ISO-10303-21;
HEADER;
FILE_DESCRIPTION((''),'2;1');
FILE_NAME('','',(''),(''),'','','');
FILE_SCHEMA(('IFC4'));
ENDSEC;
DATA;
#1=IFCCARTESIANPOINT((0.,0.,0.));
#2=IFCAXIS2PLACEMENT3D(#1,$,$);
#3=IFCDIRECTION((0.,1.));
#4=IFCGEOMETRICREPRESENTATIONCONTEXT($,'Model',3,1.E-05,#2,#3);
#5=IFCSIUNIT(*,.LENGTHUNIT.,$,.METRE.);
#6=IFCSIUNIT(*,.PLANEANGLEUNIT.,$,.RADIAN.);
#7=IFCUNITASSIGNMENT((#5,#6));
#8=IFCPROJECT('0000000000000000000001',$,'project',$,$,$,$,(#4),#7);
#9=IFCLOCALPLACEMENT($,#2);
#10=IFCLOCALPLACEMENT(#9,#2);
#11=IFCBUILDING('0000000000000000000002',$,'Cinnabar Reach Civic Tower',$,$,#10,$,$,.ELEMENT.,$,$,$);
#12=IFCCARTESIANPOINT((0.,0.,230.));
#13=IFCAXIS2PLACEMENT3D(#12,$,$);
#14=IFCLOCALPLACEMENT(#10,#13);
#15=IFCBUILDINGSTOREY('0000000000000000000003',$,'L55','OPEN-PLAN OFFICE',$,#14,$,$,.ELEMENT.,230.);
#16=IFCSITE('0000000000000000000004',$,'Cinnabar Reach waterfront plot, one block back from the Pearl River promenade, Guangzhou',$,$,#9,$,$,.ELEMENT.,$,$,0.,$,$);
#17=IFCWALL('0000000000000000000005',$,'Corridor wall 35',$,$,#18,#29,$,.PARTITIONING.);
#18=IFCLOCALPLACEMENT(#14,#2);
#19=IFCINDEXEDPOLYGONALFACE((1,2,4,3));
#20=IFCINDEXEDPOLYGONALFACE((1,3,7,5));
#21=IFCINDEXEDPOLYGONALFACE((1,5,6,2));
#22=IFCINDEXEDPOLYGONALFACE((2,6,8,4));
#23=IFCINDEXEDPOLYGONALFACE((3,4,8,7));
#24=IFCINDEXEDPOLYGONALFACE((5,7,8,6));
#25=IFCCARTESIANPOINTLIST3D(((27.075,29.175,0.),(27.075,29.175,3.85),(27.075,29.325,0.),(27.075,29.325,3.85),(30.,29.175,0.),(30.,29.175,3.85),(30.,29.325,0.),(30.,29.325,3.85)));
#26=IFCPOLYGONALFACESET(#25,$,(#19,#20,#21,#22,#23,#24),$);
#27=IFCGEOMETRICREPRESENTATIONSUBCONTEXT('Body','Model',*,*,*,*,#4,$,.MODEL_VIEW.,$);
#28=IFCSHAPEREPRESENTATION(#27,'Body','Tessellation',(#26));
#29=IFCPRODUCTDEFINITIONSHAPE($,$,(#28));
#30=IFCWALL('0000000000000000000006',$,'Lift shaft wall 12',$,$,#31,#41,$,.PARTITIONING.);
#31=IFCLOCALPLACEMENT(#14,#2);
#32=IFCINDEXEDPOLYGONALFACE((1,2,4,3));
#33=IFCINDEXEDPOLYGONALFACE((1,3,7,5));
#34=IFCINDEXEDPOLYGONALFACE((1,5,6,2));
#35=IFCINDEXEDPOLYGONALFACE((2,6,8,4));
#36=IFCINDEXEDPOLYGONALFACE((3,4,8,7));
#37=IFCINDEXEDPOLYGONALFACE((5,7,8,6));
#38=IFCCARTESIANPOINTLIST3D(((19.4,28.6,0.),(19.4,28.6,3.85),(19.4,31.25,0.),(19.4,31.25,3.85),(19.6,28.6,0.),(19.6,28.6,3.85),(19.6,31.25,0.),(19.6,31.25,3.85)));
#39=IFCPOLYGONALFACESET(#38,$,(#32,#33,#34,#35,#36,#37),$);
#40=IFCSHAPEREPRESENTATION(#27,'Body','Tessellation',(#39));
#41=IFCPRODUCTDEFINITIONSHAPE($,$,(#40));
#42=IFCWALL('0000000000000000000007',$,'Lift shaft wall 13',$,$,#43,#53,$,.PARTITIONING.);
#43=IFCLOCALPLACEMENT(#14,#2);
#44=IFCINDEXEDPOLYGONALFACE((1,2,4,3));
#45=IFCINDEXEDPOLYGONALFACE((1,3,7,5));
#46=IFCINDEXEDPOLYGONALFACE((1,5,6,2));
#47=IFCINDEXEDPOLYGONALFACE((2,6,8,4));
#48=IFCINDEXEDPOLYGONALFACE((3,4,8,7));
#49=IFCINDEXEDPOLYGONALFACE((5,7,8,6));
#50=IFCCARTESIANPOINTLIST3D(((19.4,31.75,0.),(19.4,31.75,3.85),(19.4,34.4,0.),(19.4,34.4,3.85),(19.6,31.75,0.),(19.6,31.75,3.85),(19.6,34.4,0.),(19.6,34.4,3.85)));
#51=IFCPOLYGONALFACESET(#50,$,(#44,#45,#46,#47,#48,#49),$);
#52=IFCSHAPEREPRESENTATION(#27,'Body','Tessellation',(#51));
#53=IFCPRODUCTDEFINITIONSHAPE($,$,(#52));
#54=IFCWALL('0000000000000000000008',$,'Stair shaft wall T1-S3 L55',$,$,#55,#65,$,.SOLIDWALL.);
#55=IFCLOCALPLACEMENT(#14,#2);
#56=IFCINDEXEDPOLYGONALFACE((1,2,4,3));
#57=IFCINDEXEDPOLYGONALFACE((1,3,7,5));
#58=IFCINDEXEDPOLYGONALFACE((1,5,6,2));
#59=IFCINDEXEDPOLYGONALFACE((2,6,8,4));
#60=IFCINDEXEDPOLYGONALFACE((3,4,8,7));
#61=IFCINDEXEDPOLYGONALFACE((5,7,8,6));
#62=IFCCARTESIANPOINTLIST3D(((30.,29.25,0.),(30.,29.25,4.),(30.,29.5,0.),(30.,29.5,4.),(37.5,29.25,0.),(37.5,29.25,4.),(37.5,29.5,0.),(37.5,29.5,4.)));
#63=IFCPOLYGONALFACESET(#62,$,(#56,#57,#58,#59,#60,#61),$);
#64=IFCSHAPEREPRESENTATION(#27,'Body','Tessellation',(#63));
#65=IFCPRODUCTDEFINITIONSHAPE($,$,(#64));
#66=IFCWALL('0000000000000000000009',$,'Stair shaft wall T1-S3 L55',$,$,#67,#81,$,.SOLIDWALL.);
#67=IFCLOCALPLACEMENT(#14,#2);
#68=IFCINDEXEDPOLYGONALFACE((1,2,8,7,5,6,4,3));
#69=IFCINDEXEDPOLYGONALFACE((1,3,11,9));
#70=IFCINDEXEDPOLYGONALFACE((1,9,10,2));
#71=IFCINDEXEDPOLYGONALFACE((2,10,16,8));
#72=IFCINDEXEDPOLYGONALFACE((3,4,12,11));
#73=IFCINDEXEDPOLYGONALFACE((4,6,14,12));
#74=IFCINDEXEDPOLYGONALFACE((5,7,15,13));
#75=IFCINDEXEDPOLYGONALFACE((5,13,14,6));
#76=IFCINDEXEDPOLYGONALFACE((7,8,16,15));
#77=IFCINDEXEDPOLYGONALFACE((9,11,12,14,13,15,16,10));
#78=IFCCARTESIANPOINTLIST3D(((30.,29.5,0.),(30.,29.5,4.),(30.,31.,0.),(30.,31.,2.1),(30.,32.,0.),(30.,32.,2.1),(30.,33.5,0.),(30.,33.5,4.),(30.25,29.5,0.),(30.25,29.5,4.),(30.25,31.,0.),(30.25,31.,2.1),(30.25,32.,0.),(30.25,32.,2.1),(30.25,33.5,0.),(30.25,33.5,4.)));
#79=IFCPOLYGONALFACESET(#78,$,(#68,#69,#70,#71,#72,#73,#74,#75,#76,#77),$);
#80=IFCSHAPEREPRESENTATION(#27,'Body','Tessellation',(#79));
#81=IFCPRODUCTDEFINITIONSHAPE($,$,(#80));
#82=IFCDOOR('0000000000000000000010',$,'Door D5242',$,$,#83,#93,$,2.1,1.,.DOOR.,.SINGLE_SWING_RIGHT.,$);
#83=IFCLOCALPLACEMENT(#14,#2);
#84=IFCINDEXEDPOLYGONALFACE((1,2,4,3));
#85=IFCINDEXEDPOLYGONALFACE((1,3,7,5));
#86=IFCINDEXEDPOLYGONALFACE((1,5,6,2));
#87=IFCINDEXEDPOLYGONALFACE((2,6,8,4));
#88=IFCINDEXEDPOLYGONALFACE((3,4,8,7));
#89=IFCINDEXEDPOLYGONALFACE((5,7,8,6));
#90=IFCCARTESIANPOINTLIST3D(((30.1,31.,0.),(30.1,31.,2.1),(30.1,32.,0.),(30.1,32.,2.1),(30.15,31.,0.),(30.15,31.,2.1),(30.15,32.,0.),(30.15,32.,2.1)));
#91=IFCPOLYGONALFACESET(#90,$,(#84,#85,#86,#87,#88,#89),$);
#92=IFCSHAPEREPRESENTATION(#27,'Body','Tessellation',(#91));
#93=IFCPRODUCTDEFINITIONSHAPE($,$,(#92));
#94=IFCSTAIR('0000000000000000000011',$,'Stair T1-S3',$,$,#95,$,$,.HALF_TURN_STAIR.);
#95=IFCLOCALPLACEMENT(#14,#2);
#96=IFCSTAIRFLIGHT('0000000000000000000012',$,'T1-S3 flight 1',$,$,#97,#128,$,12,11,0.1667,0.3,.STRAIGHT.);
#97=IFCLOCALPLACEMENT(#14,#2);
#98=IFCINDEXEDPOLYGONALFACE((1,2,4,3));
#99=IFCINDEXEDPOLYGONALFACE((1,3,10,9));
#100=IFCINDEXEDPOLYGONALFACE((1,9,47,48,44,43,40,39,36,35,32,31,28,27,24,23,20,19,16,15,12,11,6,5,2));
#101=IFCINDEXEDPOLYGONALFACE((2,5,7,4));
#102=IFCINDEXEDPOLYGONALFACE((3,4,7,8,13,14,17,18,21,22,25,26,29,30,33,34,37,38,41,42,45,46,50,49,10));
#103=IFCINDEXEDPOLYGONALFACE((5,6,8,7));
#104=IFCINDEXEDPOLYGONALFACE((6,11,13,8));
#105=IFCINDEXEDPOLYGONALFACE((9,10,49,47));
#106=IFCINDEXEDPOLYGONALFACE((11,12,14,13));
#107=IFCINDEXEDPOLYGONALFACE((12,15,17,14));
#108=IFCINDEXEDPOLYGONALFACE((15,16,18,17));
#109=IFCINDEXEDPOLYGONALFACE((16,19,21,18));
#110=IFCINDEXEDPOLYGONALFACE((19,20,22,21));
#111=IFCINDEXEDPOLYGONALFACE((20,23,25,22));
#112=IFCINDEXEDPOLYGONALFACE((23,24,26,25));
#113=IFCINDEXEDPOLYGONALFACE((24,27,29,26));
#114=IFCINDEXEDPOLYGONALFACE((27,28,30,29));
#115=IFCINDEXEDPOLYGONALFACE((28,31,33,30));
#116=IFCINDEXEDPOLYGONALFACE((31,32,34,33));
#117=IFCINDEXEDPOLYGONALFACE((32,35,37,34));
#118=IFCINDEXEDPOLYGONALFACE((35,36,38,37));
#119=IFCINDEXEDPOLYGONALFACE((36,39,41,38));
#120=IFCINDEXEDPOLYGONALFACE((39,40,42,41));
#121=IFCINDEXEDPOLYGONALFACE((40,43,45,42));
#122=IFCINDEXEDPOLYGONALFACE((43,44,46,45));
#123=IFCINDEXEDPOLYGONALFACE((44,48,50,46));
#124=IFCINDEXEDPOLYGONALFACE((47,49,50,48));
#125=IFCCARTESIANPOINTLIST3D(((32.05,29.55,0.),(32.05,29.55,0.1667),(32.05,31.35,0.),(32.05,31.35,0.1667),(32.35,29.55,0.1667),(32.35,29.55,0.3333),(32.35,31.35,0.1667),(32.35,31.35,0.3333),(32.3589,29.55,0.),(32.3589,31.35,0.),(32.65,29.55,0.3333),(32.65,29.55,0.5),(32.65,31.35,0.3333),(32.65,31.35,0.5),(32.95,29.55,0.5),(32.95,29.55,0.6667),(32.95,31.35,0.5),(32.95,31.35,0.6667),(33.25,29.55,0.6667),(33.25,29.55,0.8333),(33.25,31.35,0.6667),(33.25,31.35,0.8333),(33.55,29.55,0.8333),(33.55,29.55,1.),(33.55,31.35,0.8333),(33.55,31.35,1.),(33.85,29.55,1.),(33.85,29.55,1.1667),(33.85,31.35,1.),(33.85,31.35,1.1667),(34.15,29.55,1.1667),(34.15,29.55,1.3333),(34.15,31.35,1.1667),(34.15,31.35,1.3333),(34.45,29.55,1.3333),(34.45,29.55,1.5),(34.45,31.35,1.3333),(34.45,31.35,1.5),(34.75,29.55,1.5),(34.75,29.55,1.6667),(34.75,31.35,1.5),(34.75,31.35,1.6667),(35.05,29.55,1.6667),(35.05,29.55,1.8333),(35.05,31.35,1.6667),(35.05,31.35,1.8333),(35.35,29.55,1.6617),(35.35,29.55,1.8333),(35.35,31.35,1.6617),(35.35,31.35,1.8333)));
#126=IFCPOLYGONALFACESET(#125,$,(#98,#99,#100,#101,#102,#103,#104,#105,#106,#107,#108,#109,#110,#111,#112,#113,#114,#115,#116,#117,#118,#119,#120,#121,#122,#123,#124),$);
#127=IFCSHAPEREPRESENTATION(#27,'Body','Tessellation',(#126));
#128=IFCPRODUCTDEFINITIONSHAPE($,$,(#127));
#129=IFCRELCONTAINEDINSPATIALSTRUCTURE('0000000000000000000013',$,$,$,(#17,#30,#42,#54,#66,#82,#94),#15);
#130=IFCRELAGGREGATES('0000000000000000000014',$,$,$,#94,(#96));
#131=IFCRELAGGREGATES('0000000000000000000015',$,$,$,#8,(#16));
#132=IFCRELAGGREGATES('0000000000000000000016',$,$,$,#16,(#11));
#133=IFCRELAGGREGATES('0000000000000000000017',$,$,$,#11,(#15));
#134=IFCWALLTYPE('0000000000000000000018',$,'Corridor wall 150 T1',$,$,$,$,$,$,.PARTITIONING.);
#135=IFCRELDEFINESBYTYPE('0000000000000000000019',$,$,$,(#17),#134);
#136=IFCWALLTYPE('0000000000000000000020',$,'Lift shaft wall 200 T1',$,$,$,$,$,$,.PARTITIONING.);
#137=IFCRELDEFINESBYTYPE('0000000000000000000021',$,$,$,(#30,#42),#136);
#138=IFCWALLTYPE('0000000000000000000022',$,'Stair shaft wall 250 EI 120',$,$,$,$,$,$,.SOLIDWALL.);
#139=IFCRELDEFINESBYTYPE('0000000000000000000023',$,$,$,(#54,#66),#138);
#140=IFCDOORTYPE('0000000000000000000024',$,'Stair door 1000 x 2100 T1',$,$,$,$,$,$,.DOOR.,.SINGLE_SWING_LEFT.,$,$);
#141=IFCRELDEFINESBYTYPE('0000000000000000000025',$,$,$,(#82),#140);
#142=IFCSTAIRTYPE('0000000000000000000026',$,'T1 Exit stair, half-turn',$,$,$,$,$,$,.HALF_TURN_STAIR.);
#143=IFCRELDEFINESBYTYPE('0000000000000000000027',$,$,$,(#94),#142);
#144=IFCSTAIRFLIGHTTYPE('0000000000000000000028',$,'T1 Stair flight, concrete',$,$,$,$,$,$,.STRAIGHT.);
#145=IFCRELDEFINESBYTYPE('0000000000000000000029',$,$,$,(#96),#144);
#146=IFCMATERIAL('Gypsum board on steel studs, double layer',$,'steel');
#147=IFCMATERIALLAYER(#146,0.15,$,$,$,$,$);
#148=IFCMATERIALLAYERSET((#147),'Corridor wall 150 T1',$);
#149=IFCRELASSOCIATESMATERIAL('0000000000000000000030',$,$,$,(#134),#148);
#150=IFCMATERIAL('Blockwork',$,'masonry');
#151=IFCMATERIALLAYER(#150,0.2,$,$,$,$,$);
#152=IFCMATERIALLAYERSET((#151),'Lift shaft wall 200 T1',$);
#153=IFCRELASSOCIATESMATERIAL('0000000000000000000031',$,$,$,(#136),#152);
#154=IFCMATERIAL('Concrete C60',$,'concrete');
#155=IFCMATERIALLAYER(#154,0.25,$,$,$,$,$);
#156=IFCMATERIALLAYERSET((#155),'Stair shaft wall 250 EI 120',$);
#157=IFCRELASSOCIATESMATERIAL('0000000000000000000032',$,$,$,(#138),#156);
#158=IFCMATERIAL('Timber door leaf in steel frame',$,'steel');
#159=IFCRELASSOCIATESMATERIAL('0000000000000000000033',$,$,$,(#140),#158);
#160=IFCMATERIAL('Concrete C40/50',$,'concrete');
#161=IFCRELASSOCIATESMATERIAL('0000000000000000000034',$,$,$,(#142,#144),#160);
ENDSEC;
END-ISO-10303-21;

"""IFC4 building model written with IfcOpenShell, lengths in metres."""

from ifc_helpers import new_model, si_unit, direction, frame, frame_2d, origin, place, context, subcontext, project, spatial, polyline, rectangle, outline, extrude, material, layer, layer_set, type_object, element, fill, aggregate, save


model = new_model("IFC4")

# Units and contexts
model_context = context("Model", 3, precision=1e-05, world=origin(), true_north=direction((0.0, 1.0)))
body_context = subcontext(model_context, "Body", "Model", "MODEL_VIEW")
ifc_project = project(units=[si_unit("LENGTHUNIT", "METRE"), si_unit("PLANEANGLEUNIT", "RADIAN")], contexts=[model_context])

# Site, building, storey
site_placement = place(None, origin())
site = spatial("IfcSite", under=ifc_project, at=site_placement, Name="Cinnabar Reach waterfront plot, one block back from the Pearl River promenade, Guangzhou", CompositionType="ELEMENT", RefElevation=0.0)
building_placement = place(site_placement, origin())
building = spatial("IfcBuilding", under=site, at=building_placement, Name="Cinnabar Reach Civic Tower", CompositionType="ELEMENT")
storey_placement = place(building_placement, frame((0.0, 0.0, 230.0)))
storey = spatial("IfcBuildingStorey", under=building, at=storey_placement, Name="L55", Description="OPEN-PLAN OFFICE", CompositionType="ELEMENT", Elevation=230.0)

# Shared definitions
ifc_material_1 = material(Name="Concrete C60", Category="concrete")

# Shared definitions
ifc_material_2 = material(Name="Timber door leaf in steel frame", Category="steel")

# Walls
ifc_material_3 = material(Name="Gypsum board on steel studs, double layer", Category="steel")
ifc_layer_1 = layer(ifc_material_3, 0.15)
ifc_layer_set_1 = layer_set([ifc_layer_1], Name="Corridor wall 150 T1")
wall_type_1 = type_object("IfcWallType", Name="Corridor wall 150 T1", PredefinedType="PARTITIONING", material=ifc_layer_set_1)
wall_1_placement = place(storey_placement, frame((27.075, 29.25, 0.0), z_axis=(0.0, 0.0, 1.0), x_axis=(1.0, 0.0, 0.0)))
element("IfcWall", 1, at=wall_1_placement, inside=storey, type_object=wall_type_1, Name="Corridor wall 35", PredefinedType="PARTITIONING", context=body_context, shape_type="SweptSolid", body=[
    extrude(rectangle(XDim=2.925, YDim=0.15, at=frame_2d((1.4625, 0.0))), origin(), (0.0, 0.0, 1.0), 3.85),
])
ifc_material_4 = material(Name="Blockwork", Category="masonry")
ifc_layer_2 = layer(ifc_material_4, 0.2)
ifc_layer_set_2 = layer_set([ifc_layer_2], Name="Lift shaft wall 200 T1")
wall_type_2 = type_object("IfcWallType", Name="Lift shaft wall 200 T1", PredefinedType="PARTITIONING", material=ifc_layer_set_2)
for number, where, z_axis, x_axis, name in (
    (2, (19.5, 28.6, 0.0), (0.0, 0.0, 1.0), (0.0, 1.0, 0.0), "Lift shaft wall 12"),
    (3, (19.5, 31.75, 0.0), (0.0, 0.0, 1.0), (0.0, 1.0, 0.0), "Lift shaft wall 13"),
):
    element("IfcWall", number, at=place(storey_placement, frame(where, z_axis=z_axis, x_axis=x_axis)), inside=storey, type_object=wall_type_2, Name=name, PredefinedType="PARTITIONING", context=body_context, shape_type="SweptSolid", body=[
        extrude(rectangle(XDim=2.65, YDim=0.2, at=frame_2d((1.325, 0.0))), origin(), (0.0, 0.0, 1.0), 3.85),
    ])
ifc_layer_3 = layer(ifc_material_1, 0.25)
ifc_layer_set_3 = layer_set([ifc_layer_3], Name="Stair shaft wall 250 EI 120")
wall_type_3 = type_object("IfcWallType", Name="Stair shaft wall 250 EI 120", PredefinedType="SOLIDWALL", material=ifc_layer_set_3)
wall_2_placement = place(storey_placement, frame((30.0, 29.375, 0.0), z_axis=(0.0, 0.0, 1.0), x_axis=(1.0, 0.0, 0.0)))
element("IfcWall", 4, at=wall_2_placement, inside=storey, type_object=wall_type_3, Name="Stair shaft wall T1-S3 L55", PredefinedType="SOLIDWALL", context=body_context, shape_type="SweptSolid", body=[
    extrude(rectangle(XDim=7.5, YDim=0.25, at=frame_2d((3.75, 0.0))), origin(), (0.0, 0.0, 1.0), 4.0),
])

# Wall, opening, door
wall_3_placement = place(storey_placement, frame((30.125, 33.5, 0.0), z_axis=(0.0, 0.0, 1.0), x_axis=(0.0, -1.0, 0.0)))
wall_3 = element("IfcWall", 5, at=wall_3_placement, inside=storey, type_object=wall_type_3, Name="Stair shaft wall T1-S3 L55", PredefinedType="SOLIDWALL", context=body_context, shape_type="SweptSolid", body=[
    extrude(rectangle(XDim=4.0, YDim=0.25, at=frame_2d((2.0, 0.0))), origin(), (0.0, 0.0, 1.0), 4.0),
])
opening_1_placement = place(wall_3_placement, frame((1.5, 0.0, 0.0)))
opening_1 = element("IfcOpeningElement", 6, at=opening_1_placement, cuts=wall_3, PredefinedType="OPENING", context=body_context, shape_type="SweptSolid", body=[
    extrude(rectangle(XDim=1.0, YDim=2.1, at=frame_2d((0.5, 1.05))), frame((0.0, 0.135, 0.0), z_axis=(0.0, -1.0, 0.0), x_axis=(1.0, 0.0, 0.0)), (0.0, 0.0, 1.0), 0.27),
])
door_type_1 = type_object("IfcDoorType", Name="Stair door 1000 x 2100 T1", OperationType="SINGLE_SWING_LEFT", PredefinedType="DOOR", material=ifc_material_2)
door_1_placement = place(opening_1_placement, origin())
door_1 = element("IfcDoor", 7, at=door_1_placement, inside=storey, type_object=door_type_1, Name="Door D5242", OperationType="SINGLE_SWING_RIGHT", OverallHeight=2.1, OverallWidth=1.0, PredefinedType="DOOR", context=body_context, shape_type="SweptSolid", body=[
    extrude(rectangle(XDim=1.0, YDim=2.1, at=frame_2d((0.5, 1.05))), frame((0.0, 0.025, 0.0), z_axis=(0.0, -1.0, 0.0), x_axis=(1.0, 0.0, 0.0)), (0.0, 0.0, 1.0), 0.05),
])
fill(opening_1, door_1)

# Stair, stair flight
ifc_material_5 = material(Name="Concrete C40/50", Category="concrete")
stair_type = type_object("IfcStairType", Name="T1 Exit stair, half-turn", PredefinedType="HALF_TURN_STAIR", material=ifc_material_5)
stair_placement = place(storey_placement, origin())
stair = element("IfcStair", 8, at=stair_placement, inside=storey, type_object=stair_type, Name="Stair T1-S3", PredefinedType="HALF_TURN_STAIR")
stair_flight_type = type_object("IfcStairFlightType", Name="T1 Stair flight, concrete", PredefinedType="STRAIGHT", material=ifc_material_5)
stair_flight_placement = place(storey_placement, frame((32.05, 30.45, 0.0), z_axis=(0.0, 0.0, 1.0), x_axis=(1.0, 0.0, 0.0)))
stair_flight = element("IfcStairFlight", 9, at=stair_flight_placement, type_object=stair_flight_type, Name="T1-S3 flight 1", NumberOfRisers=12, NumberOfTreads=11, PredefinedType="STRAIGHT", RiserHeight=0.1667, TreadLength=0.3, context=body_context, shape_type="SweptSolid", body=[
    extrude(outline(polyline([(0.0, 0.0), (0.0, 0.1667), (0.3, 0.1667), (0.3, 0.3333), (0.6, 0.3333), (0.6, 0.5), (0.9, 0.5), (0.9, 0.6667), (1.2, 0.6667), (1.2, 0.8333), (1.5, 0.8333), (1.5, 1.0), (1.8, 1.0), (1.8, 1.1667), (2.1, 1.1667), (2.1, 1.3333), (2.4, 1.3333), (2.4, 1.5), (2.7, 1.5), (2.7, 1.6667), (3.0, 1.6667), (3.0, 1.8333), (3.3, 1.8333), (3.3, 2.0), (3.3, 1.6617), (0.3089, 0.0), (0.0, 0.0)])), frame((0.0, 0.9, 0.0), z_axis=(0.0, -1.0, 0.0), x_axis=(1.0, 0.0, 0.0)), (0.0, 0.0, 1.0), 1.8),
])
aggregate(stair, [stair_flight])

save(model, "model.ifc")
